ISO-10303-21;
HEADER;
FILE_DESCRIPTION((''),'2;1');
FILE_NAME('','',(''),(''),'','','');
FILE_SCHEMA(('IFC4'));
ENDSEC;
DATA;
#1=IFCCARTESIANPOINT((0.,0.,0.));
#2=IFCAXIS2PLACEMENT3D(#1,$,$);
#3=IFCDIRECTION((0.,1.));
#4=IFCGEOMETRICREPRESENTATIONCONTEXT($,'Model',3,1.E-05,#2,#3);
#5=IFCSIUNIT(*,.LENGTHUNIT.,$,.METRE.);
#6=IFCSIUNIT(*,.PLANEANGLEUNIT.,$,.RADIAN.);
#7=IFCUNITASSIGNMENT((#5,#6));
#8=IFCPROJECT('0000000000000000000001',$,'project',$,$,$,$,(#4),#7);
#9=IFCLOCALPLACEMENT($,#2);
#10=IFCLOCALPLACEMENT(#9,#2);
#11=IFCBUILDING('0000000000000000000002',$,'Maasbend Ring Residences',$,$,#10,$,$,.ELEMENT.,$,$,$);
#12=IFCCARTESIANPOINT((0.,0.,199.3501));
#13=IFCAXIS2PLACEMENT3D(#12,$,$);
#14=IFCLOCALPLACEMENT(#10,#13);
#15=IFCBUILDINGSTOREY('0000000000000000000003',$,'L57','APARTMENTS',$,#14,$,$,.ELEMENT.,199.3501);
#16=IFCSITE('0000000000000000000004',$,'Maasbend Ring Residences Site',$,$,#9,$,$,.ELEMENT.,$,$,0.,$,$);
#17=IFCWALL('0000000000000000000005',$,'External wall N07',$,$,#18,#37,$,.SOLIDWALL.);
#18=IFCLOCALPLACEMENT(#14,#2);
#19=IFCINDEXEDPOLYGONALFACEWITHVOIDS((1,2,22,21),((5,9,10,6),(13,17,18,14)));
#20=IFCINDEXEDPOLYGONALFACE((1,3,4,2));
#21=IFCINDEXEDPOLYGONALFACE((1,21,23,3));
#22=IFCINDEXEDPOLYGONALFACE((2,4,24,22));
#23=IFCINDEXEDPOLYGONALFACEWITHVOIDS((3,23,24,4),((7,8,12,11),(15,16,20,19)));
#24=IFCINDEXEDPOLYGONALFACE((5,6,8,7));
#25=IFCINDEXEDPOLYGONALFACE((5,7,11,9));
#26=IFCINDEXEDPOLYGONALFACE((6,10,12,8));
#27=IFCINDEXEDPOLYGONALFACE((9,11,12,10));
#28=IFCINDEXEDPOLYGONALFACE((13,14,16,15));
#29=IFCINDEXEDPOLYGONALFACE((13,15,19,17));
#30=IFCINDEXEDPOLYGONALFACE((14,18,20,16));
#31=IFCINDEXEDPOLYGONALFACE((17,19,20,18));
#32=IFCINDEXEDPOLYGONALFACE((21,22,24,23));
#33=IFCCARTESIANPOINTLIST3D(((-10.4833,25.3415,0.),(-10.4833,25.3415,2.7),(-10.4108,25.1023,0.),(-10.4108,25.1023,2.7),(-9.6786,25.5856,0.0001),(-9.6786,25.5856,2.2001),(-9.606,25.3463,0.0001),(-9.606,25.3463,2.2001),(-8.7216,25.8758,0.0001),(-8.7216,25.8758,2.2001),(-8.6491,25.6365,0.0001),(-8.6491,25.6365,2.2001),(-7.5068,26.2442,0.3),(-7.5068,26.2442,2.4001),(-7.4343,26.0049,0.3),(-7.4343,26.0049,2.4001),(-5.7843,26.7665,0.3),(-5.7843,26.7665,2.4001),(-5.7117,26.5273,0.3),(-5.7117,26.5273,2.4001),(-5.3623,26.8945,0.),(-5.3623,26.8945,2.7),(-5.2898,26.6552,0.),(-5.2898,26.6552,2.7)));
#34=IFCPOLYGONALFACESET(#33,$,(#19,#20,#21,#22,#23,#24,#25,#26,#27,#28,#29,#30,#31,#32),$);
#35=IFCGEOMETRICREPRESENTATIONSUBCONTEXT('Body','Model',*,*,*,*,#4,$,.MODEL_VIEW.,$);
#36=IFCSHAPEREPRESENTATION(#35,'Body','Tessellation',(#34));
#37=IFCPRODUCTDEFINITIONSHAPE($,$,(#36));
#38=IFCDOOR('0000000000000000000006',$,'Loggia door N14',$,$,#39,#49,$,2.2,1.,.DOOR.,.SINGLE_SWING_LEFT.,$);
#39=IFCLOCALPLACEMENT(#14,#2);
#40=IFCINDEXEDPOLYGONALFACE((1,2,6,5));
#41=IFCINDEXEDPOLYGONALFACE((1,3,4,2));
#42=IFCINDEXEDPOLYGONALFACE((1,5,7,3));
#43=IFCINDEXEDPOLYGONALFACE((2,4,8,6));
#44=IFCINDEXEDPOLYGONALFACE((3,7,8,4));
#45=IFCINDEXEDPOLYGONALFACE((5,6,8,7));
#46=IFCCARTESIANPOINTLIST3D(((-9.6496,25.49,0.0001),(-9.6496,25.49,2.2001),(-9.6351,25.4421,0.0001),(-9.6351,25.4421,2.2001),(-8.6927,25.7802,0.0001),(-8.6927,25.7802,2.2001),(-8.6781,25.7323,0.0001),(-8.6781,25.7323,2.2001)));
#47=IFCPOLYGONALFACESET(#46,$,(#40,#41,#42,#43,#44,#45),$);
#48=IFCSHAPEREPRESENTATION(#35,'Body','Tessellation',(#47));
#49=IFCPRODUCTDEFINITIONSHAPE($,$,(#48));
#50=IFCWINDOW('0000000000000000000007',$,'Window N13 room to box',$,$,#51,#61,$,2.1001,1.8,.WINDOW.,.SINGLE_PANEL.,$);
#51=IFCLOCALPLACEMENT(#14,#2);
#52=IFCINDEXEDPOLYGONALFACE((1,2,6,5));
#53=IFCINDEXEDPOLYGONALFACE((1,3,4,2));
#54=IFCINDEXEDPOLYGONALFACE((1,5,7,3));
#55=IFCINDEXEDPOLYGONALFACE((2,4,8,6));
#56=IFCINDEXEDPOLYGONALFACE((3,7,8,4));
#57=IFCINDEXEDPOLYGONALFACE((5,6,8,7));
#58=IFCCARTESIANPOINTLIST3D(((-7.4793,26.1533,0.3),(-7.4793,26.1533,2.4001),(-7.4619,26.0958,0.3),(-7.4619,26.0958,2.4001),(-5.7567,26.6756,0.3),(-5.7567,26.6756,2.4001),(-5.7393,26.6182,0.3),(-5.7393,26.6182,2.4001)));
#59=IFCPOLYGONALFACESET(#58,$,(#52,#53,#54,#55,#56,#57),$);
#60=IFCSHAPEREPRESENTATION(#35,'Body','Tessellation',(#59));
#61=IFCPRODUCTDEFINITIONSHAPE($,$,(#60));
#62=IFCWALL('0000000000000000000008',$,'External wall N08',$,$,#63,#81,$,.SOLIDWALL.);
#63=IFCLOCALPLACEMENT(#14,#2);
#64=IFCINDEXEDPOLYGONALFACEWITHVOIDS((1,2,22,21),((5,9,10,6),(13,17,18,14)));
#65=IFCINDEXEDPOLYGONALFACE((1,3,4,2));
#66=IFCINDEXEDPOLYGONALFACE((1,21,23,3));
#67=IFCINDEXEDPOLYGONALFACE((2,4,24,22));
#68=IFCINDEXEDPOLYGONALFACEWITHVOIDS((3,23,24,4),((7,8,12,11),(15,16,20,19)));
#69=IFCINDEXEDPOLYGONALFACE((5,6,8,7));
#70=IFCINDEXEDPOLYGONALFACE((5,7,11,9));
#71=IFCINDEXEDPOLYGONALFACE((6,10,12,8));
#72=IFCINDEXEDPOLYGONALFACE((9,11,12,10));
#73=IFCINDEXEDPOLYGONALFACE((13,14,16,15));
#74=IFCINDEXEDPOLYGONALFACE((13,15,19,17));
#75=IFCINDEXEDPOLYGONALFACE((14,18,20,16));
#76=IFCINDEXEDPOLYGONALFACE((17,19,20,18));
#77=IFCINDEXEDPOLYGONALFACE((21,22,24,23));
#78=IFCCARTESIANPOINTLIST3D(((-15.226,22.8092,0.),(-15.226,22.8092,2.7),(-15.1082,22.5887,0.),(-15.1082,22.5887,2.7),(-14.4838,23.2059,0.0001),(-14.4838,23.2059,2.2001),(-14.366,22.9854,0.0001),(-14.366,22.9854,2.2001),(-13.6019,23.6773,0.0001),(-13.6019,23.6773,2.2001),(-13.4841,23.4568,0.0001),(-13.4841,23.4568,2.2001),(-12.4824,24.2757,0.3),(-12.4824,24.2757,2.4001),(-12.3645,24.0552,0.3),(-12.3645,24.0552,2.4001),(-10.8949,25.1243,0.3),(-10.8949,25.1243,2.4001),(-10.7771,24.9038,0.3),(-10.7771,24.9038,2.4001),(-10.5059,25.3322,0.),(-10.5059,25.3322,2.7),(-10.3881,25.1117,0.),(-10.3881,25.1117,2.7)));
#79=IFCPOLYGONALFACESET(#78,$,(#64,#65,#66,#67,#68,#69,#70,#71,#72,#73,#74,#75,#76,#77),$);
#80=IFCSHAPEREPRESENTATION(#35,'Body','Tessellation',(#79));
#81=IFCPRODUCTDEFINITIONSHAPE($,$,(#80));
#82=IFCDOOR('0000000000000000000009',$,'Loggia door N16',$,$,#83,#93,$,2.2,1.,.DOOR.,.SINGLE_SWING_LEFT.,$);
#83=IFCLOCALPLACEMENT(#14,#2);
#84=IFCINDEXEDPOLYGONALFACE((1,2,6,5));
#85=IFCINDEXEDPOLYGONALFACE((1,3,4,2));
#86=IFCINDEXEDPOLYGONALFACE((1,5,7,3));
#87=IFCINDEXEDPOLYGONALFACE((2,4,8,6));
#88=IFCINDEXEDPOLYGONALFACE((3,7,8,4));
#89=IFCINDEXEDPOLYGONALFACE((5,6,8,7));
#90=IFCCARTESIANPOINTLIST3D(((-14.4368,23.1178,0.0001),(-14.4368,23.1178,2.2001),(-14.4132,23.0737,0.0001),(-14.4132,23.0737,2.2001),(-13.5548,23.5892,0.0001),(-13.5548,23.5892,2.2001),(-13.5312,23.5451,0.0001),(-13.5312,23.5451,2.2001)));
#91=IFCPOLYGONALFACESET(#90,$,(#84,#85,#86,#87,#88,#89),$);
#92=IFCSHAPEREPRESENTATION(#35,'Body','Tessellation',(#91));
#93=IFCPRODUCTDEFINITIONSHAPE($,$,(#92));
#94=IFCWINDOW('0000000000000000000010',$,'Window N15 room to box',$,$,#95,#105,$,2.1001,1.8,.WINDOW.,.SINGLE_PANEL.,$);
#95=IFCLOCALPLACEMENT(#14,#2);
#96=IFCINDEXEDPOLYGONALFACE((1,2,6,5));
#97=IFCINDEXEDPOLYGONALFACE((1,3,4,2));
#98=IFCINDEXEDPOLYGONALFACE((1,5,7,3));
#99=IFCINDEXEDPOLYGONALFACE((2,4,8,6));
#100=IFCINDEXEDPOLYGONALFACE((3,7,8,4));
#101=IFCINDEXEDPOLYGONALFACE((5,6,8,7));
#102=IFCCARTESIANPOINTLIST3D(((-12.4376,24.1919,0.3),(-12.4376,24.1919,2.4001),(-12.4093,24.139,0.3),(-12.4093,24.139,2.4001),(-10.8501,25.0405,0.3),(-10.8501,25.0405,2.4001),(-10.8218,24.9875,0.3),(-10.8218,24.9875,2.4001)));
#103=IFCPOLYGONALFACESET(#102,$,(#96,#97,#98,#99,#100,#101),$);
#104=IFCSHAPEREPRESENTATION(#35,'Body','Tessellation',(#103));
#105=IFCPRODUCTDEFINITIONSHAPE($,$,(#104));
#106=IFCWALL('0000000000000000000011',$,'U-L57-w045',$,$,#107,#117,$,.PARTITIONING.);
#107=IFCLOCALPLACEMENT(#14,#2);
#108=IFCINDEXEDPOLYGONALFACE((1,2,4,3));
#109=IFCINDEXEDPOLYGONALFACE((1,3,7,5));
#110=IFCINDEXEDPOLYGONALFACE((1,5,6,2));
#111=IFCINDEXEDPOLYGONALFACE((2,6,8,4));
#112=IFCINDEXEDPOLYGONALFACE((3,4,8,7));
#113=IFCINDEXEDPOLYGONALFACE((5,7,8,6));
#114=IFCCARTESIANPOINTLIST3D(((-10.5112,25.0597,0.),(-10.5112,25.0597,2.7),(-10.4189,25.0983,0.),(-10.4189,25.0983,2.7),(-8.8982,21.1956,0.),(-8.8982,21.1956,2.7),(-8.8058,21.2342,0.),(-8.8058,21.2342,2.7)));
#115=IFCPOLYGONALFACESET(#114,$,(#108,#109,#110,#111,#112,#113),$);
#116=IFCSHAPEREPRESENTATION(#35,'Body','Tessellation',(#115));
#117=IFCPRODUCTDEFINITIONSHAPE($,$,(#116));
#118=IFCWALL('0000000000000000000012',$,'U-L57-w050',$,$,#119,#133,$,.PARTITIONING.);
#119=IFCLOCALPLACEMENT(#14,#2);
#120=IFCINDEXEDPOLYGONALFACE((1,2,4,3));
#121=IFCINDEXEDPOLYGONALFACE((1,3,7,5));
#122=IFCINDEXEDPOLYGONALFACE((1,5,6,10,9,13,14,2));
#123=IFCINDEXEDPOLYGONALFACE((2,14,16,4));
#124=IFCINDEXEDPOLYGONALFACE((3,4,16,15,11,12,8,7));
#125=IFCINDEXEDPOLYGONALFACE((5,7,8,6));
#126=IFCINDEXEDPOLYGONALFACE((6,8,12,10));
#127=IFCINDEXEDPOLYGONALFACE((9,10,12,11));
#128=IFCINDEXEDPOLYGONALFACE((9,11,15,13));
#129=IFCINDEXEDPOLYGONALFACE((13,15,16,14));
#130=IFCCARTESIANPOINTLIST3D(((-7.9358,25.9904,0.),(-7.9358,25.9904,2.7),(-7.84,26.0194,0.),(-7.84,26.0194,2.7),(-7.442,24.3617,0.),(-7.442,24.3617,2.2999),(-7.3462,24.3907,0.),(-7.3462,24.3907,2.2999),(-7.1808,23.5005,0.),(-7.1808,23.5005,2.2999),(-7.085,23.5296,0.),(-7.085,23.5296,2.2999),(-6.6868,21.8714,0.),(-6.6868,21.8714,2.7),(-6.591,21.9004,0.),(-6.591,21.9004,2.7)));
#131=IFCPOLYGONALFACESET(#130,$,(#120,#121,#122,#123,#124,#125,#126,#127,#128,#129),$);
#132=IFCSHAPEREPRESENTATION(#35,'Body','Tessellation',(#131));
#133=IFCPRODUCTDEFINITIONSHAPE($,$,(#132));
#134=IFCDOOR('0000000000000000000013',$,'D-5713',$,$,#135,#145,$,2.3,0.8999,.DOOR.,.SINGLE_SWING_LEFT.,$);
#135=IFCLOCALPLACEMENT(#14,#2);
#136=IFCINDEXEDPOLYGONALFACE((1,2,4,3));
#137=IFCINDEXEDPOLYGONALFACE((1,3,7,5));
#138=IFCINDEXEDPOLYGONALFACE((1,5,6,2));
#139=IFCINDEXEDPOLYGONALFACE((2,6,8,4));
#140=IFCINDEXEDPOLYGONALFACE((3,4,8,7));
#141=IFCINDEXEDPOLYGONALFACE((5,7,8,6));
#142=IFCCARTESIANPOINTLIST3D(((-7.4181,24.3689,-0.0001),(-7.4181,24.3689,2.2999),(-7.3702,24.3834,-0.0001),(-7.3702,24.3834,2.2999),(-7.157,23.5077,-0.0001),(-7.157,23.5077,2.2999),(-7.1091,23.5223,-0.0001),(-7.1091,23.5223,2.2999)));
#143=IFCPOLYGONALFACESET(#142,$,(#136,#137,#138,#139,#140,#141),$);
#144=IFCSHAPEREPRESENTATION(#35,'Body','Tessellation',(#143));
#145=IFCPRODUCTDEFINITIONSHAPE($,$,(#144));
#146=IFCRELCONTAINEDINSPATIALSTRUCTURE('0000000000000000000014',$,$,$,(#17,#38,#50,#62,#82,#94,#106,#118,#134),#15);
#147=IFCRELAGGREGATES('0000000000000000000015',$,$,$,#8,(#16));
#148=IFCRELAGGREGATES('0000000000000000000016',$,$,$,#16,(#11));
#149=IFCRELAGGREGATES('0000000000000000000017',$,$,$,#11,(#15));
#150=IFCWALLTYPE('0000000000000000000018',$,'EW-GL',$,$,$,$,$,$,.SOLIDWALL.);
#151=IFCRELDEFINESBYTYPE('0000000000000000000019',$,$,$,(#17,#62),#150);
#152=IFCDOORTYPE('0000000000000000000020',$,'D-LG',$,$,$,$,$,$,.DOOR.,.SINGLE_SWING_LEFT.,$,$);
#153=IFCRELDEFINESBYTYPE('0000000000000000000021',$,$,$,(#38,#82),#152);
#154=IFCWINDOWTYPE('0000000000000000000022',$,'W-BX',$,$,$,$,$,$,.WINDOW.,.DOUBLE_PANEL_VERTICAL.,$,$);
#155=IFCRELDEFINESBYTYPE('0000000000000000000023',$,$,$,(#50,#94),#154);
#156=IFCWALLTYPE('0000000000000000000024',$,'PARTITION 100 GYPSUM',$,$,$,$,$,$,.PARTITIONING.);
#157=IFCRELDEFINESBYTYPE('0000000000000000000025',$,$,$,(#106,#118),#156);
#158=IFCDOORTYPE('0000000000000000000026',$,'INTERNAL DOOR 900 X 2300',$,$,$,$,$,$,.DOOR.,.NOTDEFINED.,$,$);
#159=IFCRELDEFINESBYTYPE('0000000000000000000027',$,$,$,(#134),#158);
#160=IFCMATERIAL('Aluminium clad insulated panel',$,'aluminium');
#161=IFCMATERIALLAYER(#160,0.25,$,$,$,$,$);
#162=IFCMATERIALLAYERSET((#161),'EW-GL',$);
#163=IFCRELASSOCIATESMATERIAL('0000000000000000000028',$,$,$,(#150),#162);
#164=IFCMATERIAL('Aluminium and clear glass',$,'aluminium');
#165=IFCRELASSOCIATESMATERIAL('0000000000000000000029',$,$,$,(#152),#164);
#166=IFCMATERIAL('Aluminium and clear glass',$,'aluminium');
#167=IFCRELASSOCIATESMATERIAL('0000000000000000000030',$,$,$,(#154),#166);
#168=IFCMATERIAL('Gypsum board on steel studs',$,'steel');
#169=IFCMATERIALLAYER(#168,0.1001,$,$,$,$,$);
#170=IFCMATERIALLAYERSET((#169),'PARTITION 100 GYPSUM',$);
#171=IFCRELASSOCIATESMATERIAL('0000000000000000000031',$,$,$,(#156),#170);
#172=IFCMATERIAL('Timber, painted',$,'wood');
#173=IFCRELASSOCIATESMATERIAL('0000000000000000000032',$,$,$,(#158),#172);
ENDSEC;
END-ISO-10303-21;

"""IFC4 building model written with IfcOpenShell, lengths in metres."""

from ifc_helpers import new_model, si_unit, direction, frame, frame_2d, origin, place, context, subcontext, project, spatial, rectangle, extrude, material, layer, layer_set, type_object, element, fill, save


model = new_model("IFC4")

# Units and contexts
model_context = context("Model", 3, precision=1e-05, world=origin(), true_north=direction((0.0, 1.0)))
body_context = subcontext(model_context, "Body", "Model", "MODEL_VIEW")
ifc_project = project(units=[si_unit("LENGTHUNIT", "METRE"), si_unit("PLANEANGLEUNIT", "RADIAN")], contexts=[model_context])

# Site, building, storey
site_placement = place(None, origin())
site = spatial("IfcSite", under=ifc_project, at=site_placement, Name="Maasbend Ring Residences Site", CompositionType="ELEMENT", RefElevation=0.0)
building_placement = place(site_placement, origin())
building = spatial("IfcBuilding", under=site, at=building_placement, Name="Maasbend Ring Residences", CompositionType="ELEMENT")
storey_placement = place(building_placement, frame((0.0, 0.0, 199.3501)))
storey = spatial("IfcBuildingStorey", under=building, at=storey_placement, Name="L57", Description="APARTMENTS", CompositionType="ELEMENT", Elevation=199.3501)

# Walls, openings, doors, windows
ifc_material_1 = material(Name="Aluminium clad insulated panel", Category="aluminium")
ifc_layer_1 = layer(ifc_material_1, 0.25)
ifc_layer_set_1 = layer_set([ifc_layer_1], Name="EW-GL")
wall_type_1 = type_object("IfcWallType", Name="EW-GL", PredefinedType="SOLIDWALL", material=ifc_layer_set_1)
wall_1_placement = place(storey_placement, frame((-5.3259, 26.7749, 0.0), z_axis=(0.0, 0.0, 1.0), x_axis=(-0.956966, -0.290201, 0.0)))
wall_1 = element("IfcWall", 1, at=wall_1_placement, inside=storey, type_object=wall_type_1, Name="External wall N07", PredefinedType="SOLIDWALL", context=body_context, shape_type="SweptSolid", body=[
    extrude(rectangle(XDim=5.3513, YDim=0.25, at=frame_2d((2.6758, 0.0))), origin(), (0.0, 0.0, 1.0), 2.7),
])
opening_1_placement = place(wall_1_placement, frame((0.4412, 0.0, 0.3)))
opening_1 = element("IfcOpeningElement", 2, at=opening_1_placement, cuts=wall_1, PredefinedType="OPENING", context=body_context, shape_type="SweptSolid", body=[
    extrude(rectangle(XDim=1.8, YDim=2.1001, at=frame_2d((0.8999, 1.05))), frame((0.0, 0.135, 0.0), z_axis=(0.0, -1.0, 0.0), x_axis=(1.0, 0.0, 0.0)), (0.0, 0.0, 1.0), 0.27),
])
opening_2_placement = place(wall_1_placement, frame((3.5105, 0.0, 0.0)))
opening_2 = element("IfcOpeningElement", 3, at=opening_2_placement, cuts=wall_1, PredefinedType="OPENING", context=body_context, shape_type="SweptSolid", body=[
    extrude(rectangle(XDim=1.0, YDim=2.2, at=frame_2d((0.5, 1.1001))), frame((0.0, 0.135, 0.0), z_axis=(0.0, -1.0, 0.0), x_axis=(1.0, 0.0, 0.0)), (0.0, 0.0, 1.0), 0.27),
])
ifc_material_2 = material(Name="Aluminium and clear glass", Category="aluminium")
door_type_1 = type_object("IfcDoorType", Name="D-LG", OperationType="SINGLE_SWING_LEFT", PredefinedType="DOOR", material=ifc_material_2)
door_1_placement = place(opening_2_placement, origin())
door_1 = element("IfcDoor", 4, at=door_1_placement, inside=storey, type_object=door_type_1, Name="Loggia door N14", OperationType="SINGLE_SWING_LEFT", OverallHeight=2.2, OverallWidth=1.0, PredefinedType="DOOR", context=body_context, shape_type="SweptSolid", body=[
    extrude(rectangle(XDim=1.0, YDim=2.2, at=frame_2d((0.5, 1.1001))), frame((0.0, 0.0249, 0.0), z_axis=(0.0, -1.0, 0.0), x_axis=(1.0, 0.0, 0.0)), (0.0, 0.0, 1.0), 0.05),
])
fill(opening_2, door_1)
ifc_material_3 = material(Name="Aluminium and clear glass", Category="aluminium")
window_type_1 = type_object("IfcWindowType", Name="W-BX", PartitioningType="DOUBLE_PANEL_VERTICAL", PredefinedType="WINDOW", material=ifc_material_3)
window_1_placement = place(opening_1_placement, origin())
window_1 = element("IfcWindow", 5, at=window_1_placement, inside=storey, type_object=window_type_1, Name="Window N13 room to box", OverallHeight=2.1001, OverallWidth=1.8, PartitioningType="SINGLE_PANEL", PredefinedType="WINDOW", context=body_context, shape_type="SweptSolid", body=[
    extrude(rectangle(XDim=1.8, YDim=2.1001, at=frame_2d((0.8999, 1.05))), frame((0.0, 0.03, 0.0), z_axis=(0.0, -1.0, 0.0), x_axis=(1.0, 0.0, 0.0)), (0.0, 0.0, 1.0), 0.0601),
])
fill(opening_1, window_1)
wall_2_placement = place(storey_placement, frame((-10.447, 25.2219, 0.0), z_axis=(0.0, 0.0, 1.0), x_axis=(-0.881916, -0.471407, 0.0)))
wall_2 = element("IfcWall", 6, at=wall_2_placement, inside=storey, type_object=wall_type_1, Name="External wall N08", PredefinedType="SOLIDWALL", context=body_context, shape_type="SweptSolid", body=[
    extrude(rectangle(XDim=5.3521, YDim=0.25, at=frame_2d((2.676, 0.0))), origin(), (0.0, 0.0, 1.0), 2.7),
])
opening_3_placement = place(wall_2_placement, frame((0.4412, 0.0, 0.3)))
opening_3 = element("IfcOpeningElement", 7, at=opening_3_placement, cuts=wall_2, PredefinedType="OPENING", context=body_context, shape_type="SweptSolid", body=[
    extrude(rectangle(XDim=1.8, YDim=2.1001, at=frame_2d((0.8999, 1.05))), frame((0.0, 0.135, 0.0), z_axis=(0.0, -1.0, 0.0), x_axis=(1.0, 0.0, 0.0)), (0.0, 0.0, 1.0), 0.27),
])
opening_4_placement = place(wall_2_placement, frame((3.5105, 0.0, 0.0)))
opening_4 = element("IfcOpeningElement", 8, at=opening_4_placement, cuts=wall_2, PredefinedType="OPENING", context=body_context, shape_type="SweptSolid", body=[
    extrude(rectangle(XDim=1.0, YDim=2.2, at=frame_2d((0.5, 1.1001))), frame((0.0, 0.135, 0.0), z_axis=(0.0, -1.0, 0.0), x_axis=(1.0, 0.0, 0.0)), (0.0, 0.0, 1.0), 0.27),
])
door_2_placement = place(opening_4_placement, origin())
door_2 = element("IfcDoor", 9, at=door_2_placement, inside=storey, type_object=door_type_1, Name="Loggia door N16", OperationType="SINGLE_SWING_LEFT", OverallHeight=2.2, OverallWidth=1.0, PredefinedType="DOOR", context=body_context, shape_type="SweptSolid", body=[
    extrude(rectangle(XDim=1.0, YDim=2.2, at=frame_2d((0.5, 1.1001))), frame((0.0, 0.0249, 0.0), z_axis=(0.0, -1.0, 0.0), x_axis=(1.0, 0.0, 0.0)), (0.0, 0.0, 1.0), 0.05),
])
fill(opening_4, door_2)
window_2_placement = place(opening_3_placement, origin())
window_2 = element("IfcWindow", 10, at=window_2_placement, inside=storey, type_object=window_type_1, Name="Window N15 room to box", OverallHeight=2.1001, OverallWidth=1.8, PartitioningType="SINGLE_PANEL", PredefinedType="WINDOW", context=body_context, shape_type="SweptSolid", body=[
    extrude(rectangle(XDim=1.8, YDim=2.1001, at=frame_2d((0.8999, 1.05))), frame((0.0, 0.03, 0.0), z_axis=(0.0, -1.0, 0.0), x_axis=(1.0, 0.0, 0.0)), (0.0, 0.0, 1.0), 0.0601),
])
fill(opening_3, window_2)

# Wall
ifc_material_4 = material(Name="Gypsum board on steel studs", Category="steel")
ifc_layer_2 = layer(ifc_material_4, 0.1001)
ifc_layer_set_2 = layer_set([ifc_layer_2], Name="PARTITION 100 GYPSUM")
wall_type_2 = type_object("IfcWallType", Name="PARTITION 100 GYPSUM", PredefinedType="PARTITIONING", material=ifc_layer_set_2)
wall_3_placement = place(storey_placement, frame((-10.4651, 25.0791, 0.0), z_axis=(0.0, 0.0, 1.0), x_axis=(0.385232, -0.92282, 0.0)))
element("IfcWall", 11, at=wall_3_placement, inside=storey, type_object=wall_type_2, Name="U-L57-w045", PredefinedType="PARTITIONING", context=body_context, shape_type="SweptSolid", body=[
    extrude(rectangle(XDim=4.1873, YDim=0.1001, at=frame_2d((2.0938, 0.0))), origin(), (0.0, 0.0, 1.0), 2.7),
])

# Wall, opening, door
wall_4_placement = place(storey_placement, frame((-7.8879, 26.0049, 0.0), z_axis=(0.0, 0.0, 1.0), x_axis=(0.290193, -0.956968, 0.0)))
wall_4 = element("IfcWall", 12, at=wall_4_placement, inside=storey, type_object=wall_type_2, Name="U-L57-w050", PredefinedType="PARTITIONING", context=body_context, shape_type="SweptSolid", body=[
    extrude(rectangle(XDim=4.3042, YDim=0.1001, at=frame_2d((2.1521, 0.0))), origin(), (0.0, 0.0, 1.0), 2.7),
])
opening_5_placement = place(wall_4_placement, frame((1.7019, 0.0, 0.0)))
opening_5 = element("IfcOpeningElement", 13, at=opening_5_placement, cuts=wall_4, PredefinedType="OPENING", context=body_context, shape_type="SweptSolid", body=[
    extrude(rectangle(XDim=0.8999, YDim=2.3, at=frame_2d((0.45, 1.1499))), frame((0.0, 0.0601, 0.0), z_axis=(0.0, -1.0, 0.0), x_axis=(1.0, 0.0, 0.0)), (0.0, 0.0, 1.0), 0.1201),
])
ifc_material_5 = material(Name="Timber, painted", Category="wood")
door_type_2 = type_object("IfcDoorType", Name="INTERNAL DOOR 900 X 2300", OperationType="NOTDEFINED", PredefinedType="DOOR", material=ifc_material_5)
door_3_placement = place(opening_5_placement, origin())
door_3 = element("IfcDoor", 14, at=door_3_placement, inside=storey, type_object=door_type_2, Name="D-5713", OperationType="SINGLE_SWING_LEFT", OverallHeight=2.3, OverallWidth=0.8999, PredefinedType="DOOR", context=body_context, shape_type="SweptSolid", body=[
    extrude(rectangle(XDim=0.8999, YDim=2.3, at=frame_2d((0.45, 1.1499))), frame((0.0, 0.0249, 0.0), z_axis=(0.0, -1.0, 0.0), x_axis=(1.0, 0.0, 0.0)), (0.0, 0.0, 1.0), 0.05),
])
fill(opening_5, door_3)

save(model, "model.ifc")
